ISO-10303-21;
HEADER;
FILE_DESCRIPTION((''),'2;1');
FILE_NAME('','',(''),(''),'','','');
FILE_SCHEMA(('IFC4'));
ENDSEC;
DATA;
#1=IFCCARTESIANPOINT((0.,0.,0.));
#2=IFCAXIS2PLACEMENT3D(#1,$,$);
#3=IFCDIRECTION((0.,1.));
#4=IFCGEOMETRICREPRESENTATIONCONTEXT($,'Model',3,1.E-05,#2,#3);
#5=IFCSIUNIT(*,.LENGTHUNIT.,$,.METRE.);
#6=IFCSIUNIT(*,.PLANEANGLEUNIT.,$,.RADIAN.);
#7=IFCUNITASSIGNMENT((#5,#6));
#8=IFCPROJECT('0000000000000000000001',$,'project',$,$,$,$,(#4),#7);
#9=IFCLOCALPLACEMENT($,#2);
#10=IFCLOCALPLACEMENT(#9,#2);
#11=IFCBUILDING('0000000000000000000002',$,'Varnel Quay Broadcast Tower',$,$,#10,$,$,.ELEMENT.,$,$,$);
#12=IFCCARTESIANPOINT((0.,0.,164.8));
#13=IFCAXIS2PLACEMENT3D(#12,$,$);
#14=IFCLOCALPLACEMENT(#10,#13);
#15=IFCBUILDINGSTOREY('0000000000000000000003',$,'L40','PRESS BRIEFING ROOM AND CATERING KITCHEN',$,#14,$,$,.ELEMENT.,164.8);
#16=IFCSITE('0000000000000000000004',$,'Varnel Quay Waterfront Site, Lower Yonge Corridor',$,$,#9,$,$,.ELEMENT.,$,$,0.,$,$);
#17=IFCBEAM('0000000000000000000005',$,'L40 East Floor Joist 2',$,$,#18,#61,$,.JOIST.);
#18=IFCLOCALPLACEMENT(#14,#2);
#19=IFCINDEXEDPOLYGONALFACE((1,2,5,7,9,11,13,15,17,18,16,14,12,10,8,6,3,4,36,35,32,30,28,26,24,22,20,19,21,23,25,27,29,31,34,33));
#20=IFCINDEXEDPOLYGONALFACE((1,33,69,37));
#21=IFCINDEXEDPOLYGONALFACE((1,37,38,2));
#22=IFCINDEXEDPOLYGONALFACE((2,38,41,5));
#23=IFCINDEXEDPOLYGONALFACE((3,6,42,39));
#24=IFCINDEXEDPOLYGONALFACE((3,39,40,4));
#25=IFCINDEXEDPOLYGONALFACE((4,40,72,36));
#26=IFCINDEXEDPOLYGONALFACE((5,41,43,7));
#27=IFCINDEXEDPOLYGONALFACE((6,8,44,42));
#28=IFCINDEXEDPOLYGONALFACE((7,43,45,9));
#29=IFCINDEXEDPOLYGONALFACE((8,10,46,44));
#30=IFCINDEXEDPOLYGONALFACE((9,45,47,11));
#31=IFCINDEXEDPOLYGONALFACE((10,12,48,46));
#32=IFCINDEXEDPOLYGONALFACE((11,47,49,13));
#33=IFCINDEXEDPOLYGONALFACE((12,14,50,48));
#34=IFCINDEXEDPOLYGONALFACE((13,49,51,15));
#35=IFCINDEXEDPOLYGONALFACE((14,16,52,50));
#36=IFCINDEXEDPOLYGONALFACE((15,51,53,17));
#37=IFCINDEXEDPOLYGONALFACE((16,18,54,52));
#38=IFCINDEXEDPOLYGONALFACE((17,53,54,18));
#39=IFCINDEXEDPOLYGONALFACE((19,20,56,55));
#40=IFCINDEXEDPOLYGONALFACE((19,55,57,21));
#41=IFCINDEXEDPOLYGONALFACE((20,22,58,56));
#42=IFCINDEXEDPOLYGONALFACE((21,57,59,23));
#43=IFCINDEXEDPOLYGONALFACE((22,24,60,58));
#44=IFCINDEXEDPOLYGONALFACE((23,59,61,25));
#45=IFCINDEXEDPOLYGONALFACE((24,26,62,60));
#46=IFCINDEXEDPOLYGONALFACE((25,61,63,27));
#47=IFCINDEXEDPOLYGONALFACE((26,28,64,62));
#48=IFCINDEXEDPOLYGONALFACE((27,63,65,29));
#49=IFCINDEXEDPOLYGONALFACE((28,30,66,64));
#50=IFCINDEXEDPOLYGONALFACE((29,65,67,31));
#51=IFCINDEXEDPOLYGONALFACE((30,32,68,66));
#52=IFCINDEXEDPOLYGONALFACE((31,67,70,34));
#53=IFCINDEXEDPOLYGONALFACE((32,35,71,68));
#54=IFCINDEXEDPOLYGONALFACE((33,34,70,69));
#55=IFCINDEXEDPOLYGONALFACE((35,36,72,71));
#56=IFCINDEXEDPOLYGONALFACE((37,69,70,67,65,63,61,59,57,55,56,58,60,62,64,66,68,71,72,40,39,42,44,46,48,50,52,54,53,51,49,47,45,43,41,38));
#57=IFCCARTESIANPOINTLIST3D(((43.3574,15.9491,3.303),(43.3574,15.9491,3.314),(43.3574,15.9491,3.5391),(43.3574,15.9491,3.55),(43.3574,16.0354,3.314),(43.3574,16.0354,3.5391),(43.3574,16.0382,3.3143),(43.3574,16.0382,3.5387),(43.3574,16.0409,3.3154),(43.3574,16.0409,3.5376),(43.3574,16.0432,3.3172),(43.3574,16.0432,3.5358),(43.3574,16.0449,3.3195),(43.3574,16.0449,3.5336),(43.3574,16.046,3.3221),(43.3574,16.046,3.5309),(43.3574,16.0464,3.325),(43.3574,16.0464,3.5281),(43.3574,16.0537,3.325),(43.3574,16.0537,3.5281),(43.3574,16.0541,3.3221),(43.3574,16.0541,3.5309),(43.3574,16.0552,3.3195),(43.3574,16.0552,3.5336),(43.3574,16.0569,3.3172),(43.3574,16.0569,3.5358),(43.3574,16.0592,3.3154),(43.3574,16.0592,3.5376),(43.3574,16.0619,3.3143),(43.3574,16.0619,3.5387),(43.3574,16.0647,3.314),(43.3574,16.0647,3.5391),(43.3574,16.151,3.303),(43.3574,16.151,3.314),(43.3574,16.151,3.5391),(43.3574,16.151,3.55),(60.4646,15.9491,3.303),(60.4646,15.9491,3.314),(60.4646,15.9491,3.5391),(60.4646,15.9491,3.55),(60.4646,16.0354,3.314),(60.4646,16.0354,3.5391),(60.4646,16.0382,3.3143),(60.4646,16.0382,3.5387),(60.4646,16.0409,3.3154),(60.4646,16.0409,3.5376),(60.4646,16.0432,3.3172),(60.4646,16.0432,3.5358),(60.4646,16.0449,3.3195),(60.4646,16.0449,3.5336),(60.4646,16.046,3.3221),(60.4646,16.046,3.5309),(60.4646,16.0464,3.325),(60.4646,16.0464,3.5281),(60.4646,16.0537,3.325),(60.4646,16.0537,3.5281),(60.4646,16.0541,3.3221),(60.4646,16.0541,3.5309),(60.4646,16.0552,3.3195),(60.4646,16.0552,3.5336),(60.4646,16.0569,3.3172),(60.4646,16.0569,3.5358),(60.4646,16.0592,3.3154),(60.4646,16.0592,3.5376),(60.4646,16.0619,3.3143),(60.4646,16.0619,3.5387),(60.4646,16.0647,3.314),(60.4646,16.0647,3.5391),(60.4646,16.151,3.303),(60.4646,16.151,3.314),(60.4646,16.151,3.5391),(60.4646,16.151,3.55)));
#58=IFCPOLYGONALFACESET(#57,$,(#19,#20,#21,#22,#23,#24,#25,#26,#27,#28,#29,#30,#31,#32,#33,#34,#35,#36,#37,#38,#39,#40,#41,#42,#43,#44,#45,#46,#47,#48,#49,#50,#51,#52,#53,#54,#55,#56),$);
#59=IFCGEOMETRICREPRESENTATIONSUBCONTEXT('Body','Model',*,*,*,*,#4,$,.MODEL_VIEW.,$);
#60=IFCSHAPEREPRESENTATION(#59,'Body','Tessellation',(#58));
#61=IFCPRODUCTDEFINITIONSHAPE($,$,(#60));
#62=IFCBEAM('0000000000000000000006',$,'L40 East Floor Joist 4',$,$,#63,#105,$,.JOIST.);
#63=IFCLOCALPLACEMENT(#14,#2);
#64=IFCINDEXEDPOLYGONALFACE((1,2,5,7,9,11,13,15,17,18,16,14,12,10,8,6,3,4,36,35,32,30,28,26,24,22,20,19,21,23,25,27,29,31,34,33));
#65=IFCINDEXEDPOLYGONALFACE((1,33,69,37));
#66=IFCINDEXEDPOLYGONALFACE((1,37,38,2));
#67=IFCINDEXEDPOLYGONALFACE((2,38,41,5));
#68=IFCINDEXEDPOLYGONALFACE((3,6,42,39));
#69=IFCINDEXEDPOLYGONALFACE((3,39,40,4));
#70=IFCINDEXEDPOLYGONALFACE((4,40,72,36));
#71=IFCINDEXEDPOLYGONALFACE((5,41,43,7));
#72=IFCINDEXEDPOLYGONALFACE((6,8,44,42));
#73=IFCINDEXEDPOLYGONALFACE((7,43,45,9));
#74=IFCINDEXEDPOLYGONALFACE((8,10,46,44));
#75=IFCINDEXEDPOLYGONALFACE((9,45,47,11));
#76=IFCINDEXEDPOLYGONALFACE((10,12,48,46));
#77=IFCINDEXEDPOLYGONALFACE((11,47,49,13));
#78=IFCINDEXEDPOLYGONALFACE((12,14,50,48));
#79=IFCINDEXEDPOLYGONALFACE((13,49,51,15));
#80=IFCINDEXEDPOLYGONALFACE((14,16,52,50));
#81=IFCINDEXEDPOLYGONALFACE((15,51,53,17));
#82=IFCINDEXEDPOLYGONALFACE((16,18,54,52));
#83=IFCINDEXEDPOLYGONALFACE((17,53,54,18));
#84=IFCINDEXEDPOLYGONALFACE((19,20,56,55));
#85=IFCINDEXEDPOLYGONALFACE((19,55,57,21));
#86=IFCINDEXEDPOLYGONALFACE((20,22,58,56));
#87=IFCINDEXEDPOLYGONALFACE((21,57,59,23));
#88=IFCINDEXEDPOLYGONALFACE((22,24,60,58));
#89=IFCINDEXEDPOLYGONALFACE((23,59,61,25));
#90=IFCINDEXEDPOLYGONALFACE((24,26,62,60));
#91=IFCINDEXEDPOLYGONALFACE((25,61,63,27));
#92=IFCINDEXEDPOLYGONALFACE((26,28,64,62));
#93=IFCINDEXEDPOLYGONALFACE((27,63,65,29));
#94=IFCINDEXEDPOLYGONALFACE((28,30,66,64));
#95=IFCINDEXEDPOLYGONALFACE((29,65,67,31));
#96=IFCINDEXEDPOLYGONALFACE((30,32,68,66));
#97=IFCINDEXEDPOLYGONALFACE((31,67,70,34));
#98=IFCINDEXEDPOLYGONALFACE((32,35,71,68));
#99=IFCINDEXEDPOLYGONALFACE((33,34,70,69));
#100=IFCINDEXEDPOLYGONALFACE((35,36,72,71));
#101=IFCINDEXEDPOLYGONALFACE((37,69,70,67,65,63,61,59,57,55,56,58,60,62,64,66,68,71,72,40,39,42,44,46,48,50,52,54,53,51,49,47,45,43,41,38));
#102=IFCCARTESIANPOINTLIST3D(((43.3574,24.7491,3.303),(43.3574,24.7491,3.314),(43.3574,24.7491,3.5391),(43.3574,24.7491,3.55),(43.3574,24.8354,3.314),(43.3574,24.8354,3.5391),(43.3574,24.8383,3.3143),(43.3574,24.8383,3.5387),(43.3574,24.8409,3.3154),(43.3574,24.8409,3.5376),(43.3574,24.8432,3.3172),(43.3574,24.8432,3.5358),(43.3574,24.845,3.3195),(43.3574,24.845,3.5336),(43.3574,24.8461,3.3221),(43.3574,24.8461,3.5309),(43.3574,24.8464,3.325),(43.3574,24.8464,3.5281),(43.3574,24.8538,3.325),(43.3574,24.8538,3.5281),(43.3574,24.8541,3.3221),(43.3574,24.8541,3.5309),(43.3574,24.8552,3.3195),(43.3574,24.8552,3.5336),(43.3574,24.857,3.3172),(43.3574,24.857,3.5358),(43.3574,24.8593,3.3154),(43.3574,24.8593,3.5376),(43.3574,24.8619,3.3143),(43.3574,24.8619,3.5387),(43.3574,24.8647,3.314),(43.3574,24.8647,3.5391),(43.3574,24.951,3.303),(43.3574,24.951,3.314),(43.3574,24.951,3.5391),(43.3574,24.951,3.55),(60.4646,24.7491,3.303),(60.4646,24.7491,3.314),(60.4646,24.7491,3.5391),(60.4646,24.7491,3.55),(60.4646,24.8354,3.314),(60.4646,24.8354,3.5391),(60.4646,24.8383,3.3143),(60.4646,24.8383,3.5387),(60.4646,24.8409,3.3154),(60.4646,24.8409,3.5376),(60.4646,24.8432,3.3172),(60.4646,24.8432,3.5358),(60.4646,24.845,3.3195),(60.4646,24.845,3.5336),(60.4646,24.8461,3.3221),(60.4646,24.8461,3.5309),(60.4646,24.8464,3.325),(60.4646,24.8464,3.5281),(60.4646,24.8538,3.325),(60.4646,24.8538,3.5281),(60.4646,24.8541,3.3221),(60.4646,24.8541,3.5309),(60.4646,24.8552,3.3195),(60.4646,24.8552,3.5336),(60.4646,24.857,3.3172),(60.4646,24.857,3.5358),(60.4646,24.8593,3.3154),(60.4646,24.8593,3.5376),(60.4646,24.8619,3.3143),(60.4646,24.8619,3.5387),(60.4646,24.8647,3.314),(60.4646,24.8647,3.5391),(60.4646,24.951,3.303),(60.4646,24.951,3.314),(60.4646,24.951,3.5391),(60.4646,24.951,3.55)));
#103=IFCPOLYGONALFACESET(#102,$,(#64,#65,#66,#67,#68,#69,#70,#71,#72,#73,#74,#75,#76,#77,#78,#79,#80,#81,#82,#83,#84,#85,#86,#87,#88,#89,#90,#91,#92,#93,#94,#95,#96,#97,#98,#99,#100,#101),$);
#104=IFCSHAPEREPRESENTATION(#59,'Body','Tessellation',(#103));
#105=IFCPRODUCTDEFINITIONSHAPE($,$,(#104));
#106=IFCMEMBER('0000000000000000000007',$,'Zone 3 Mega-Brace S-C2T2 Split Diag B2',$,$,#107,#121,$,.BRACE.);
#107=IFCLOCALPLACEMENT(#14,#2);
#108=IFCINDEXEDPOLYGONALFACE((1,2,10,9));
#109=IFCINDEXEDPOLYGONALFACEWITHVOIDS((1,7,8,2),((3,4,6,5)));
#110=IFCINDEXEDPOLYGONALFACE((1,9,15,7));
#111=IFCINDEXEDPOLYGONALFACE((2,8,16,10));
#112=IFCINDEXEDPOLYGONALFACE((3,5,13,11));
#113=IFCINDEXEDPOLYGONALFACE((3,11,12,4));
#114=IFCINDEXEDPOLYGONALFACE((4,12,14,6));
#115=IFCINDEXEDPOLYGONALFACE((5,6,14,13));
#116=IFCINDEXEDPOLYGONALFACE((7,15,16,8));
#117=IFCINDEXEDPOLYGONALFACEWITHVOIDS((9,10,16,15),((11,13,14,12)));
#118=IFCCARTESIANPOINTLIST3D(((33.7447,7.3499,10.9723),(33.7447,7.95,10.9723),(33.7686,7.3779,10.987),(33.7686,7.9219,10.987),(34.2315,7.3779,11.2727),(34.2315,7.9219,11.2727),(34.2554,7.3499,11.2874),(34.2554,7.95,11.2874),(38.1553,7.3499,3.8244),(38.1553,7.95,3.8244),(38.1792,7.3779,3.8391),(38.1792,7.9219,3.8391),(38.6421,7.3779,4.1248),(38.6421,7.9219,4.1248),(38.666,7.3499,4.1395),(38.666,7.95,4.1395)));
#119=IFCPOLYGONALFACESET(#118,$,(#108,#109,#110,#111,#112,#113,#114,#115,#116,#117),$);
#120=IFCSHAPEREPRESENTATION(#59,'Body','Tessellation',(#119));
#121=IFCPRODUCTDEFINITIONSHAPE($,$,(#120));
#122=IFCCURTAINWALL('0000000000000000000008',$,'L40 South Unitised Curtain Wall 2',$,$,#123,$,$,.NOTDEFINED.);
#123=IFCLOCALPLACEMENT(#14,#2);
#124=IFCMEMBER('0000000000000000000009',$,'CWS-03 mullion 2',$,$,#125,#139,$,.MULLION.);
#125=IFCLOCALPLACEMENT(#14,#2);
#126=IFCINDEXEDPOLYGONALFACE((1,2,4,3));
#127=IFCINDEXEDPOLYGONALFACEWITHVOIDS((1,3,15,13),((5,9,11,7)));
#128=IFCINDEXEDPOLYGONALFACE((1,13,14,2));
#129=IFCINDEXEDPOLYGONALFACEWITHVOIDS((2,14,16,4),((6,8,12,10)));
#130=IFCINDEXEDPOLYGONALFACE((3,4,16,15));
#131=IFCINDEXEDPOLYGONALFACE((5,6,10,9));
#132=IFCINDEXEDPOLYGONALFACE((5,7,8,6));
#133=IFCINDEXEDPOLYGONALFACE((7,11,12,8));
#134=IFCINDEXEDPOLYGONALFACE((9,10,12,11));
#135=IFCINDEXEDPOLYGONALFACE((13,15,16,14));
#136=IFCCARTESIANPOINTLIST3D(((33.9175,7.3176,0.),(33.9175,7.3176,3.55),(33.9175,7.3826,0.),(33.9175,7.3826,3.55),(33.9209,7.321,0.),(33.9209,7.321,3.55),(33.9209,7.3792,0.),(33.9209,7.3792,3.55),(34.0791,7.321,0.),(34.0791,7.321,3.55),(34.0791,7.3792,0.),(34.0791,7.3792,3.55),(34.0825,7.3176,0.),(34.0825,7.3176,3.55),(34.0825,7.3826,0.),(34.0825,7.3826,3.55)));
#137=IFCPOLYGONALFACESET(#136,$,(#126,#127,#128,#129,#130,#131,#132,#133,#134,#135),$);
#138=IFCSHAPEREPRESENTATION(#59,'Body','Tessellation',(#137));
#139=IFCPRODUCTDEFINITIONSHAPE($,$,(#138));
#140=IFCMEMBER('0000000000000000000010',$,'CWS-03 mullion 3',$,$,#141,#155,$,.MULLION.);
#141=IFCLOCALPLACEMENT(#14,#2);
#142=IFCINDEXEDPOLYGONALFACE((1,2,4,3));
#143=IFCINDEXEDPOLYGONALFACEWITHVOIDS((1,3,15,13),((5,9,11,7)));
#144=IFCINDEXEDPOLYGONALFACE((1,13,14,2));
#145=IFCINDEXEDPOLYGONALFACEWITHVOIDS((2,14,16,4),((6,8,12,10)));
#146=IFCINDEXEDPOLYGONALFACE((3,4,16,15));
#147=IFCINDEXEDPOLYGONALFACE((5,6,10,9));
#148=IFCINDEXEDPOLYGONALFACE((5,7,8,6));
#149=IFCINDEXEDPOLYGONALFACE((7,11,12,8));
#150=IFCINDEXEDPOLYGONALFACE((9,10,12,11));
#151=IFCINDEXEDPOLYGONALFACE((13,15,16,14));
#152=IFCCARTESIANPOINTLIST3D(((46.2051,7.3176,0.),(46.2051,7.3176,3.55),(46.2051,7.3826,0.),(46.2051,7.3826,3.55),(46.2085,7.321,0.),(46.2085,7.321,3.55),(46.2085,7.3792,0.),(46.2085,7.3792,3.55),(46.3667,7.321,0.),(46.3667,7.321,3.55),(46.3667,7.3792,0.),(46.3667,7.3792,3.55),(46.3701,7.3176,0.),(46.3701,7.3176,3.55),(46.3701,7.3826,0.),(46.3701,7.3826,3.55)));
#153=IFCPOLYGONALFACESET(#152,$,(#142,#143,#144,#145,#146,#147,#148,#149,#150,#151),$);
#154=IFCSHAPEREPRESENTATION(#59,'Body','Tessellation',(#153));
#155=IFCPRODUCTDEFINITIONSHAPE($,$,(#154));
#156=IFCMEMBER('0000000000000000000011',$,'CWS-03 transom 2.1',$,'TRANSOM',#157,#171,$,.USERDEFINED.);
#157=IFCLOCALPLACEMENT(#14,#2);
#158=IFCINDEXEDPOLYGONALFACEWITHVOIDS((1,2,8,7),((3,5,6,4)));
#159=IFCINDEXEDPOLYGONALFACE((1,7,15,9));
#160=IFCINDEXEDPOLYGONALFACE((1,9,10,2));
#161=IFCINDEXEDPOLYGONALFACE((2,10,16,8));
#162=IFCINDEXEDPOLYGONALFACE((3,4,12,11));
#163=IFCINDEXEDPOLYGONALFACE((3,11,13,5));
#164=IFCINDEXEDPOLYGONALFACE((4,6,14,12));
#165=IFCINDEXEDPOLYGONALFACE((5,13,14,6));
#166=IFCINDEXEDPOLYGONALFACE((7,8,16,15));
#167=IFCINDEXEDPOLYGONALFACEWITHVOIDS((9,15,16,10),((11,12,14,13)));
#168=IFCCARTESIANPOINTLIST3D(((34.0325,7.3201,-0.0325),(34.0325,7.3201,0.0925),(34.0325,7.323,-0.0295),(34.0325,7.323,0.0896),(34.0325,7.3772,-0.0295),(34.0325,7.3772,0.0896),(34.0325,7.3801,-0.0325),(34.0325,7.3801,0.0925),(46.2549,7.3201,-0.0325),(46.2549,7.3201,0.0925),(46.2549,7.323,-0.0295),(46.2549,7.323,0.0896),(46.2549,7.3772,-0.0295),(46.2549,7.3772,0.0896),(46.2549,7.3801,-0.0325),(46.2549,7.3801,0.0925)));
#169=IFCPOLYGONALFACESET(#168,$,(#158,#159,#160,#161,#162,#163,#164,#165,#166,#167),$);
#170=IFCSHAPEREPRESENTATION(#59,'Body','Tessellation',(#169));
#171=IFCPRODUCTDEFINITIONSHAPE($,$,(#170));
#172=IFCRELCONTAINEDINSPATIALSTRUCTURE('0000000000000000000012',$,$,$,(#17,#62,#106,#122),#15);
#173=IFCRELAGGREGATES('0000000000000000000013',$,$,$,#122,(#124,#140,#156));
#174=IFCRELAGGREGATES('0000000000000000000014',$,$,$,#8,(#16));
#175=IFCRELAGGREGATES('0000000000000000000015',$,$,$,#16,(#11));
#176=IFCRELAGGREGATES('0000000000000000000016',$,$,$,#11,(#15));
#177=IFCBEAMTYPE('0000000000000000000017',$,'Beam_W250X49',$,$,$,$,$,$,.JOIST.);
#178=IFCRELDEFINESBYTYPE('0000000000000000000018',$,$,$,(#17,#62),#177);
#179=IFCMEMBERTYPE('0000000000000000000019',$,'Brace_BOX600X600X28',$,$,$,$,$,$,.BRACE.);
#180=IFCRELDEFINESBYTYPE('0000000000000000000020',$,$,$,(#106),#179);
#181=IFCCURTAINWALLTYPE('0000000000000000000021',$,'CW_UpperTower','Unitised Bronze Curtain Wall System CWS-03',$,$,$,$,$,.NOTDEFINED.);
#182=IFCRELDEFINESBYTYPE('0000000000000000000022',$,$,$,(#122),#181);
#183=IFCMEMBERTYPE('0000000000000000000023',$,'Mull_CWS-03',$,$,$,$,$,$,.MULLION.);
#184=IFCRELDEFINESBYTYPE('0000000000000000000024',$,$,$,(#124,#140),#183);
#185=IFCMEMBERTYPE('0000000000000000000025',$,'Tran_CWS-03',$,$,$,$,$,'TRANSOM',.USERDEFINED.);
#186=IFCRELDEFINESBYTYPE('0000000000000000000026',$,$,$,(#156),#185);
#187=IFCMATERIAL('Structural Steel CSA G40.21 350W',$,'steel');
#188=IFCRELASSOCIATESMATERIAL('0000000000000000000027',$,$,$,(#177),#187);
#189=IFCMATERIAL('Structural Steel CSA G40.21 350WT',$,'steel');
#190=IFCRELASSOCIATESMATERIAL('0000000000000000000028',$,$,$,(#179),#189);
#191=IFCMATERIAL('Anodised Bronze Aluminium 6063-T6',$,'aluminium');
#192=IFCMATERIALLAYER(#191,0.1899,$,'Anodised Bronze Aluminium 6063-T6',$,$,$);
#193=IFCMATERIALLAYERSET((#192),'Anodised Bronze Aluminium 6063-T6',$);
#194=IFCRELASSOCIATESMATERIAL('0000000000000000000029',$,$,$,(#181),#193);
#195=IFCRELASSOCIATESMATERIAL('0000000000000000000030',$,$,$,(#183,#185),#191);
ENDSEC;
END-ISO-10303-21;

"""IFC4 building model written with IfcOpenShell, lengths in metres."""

from ifc_helpers import new_model, si_unit, direction, frame, origin, origin_2d, place, context, subcontext, project, spatial, hollow_rectangle, i_section, extrude, source, transform, mapped, material, layer, layer_set, material_profile, profile_set, type_object, type_shapes, element, aggregate, save


model = new_model("IFC4")

# Units and contexts
model_context = context("Model", 3, precision=1e-05, world=origin(), true_north=direction((0.0, 1.0)))
body_context = subcontext(model_context, "Body", "Model", "MODEL_VIEW")
ifc_project = project(units=[si_unit("LENGTHUNIT", "METRE"), si_unit("PLANEANGLEUNIT", "RADIAN")], contexts=[model_context])

# Site, building, storey
site_placement = place(None, origin())
site = spatial("IfcSite", under=ifc_project, at=site_placement, Name="Varnel Quay Waterfront Site, Lower Yonge Corridor", CompositionType="ELEMENT", RefElevation=0.0)
building_placement = place(site_placement, origin())
building = spatial("IfcBuilding", under=site, at=building_placement, Name="Varnel Quay Broadcast Tower", CompositionType="ELEMENT")
storey_placement = place(building_placement, frame((0.0, 0.0, 164.8)))
storey = spatial("IfcBuildingStorey", under=building, at=storey_placement, Name="L40", Description="PRESS BRIEFING ROOM AND CATERING KITCHEN", CompositionType="ELEMENT", Elevation=164.8)

# Shared definitions
ifc_material_1 = material(Name="Structural Steel CSA G40.21 350W", Category="steel")

# Beams
ifc_material_profile_1 = material_profile(ifc_material_1, i_section(OverallWidth=0.2019, OverallDepth=0.2471, WebThickness=0.0073, FlangeThickness=0.011, FilletRadius=0.011, at=origin_2d()), Name="W250X49")
ifc_profile_set_1 = profile_set([ifc_material_profile_1], Name="Structural Steel CSA G40.21 350W")
beam_type_1 = type_object("IfcBeamType", Name="Beam_W250X49", PredefinedType="JOIST", material=ifc_profile_set_1)
shared_shape_1 = source(origin(), body_context, "Body", "SweptSolid", [
    extrude(i_section(OverallWidth=0.2019, OverallDepth=0.2471, WebThickness=0.0073, FlangeThickness=0.011, FilletRadius=0.011, at=origin_2d()), origin(), (0.0, 0.0, 1.0), 17.1072),
])
type_shapes(beam_type_1, [shared_shape_1])
for number, where, z_axis, x_axis, name in (
    (1, (43.3574, 16.05, 3.4265), (1.0, 0.0, 0.0), (0.0, 1.0, 0.0), "L40 East Floor Joist 2"),
    (2, (43.3574, 24.8501, 3.4265), (1.0, 0.0, 0.0), (0.0, 1.0, 0.0), "L40 East Floor Joist 4"),
):
    element("IfcBeam", number, at=place(storey_placement, frame(where, z_axis=z_axis, x_axis=x_axis)), inside=storey, type_object=beam_type_1, Name=name, PredefinedType="JOIST", context=body_context, shape_type="MappedRepresentation", body=[
        mapped(shared_shape_1, transform((0.0, 0.0, 0.0), x_axis=(1.0, 0.0, 0.0), y_axis=(0.0, 1.0, 0.0), z_axis=(0.0, 0.0, 1.0), scale=1.0)),
    ])

# Member
ifc_material_2 = material(Name="Structural Steel CSA G40.21 350WT", Category="steel")
ifc_material_profile_2 = material_profile(ifc_material_2, hollow_rectangle(XDim=0.6001, YDim=0.6001, WallThickness=0.0281, at=origin_2d()), Name="BOX600X600X28")
ifc_profile_set_2 = profile_set([ifc_material_profile_2], Name="Structural Steel CSA G40.21 350WT")
member_type_1 = type_object("IfcMemberType", Name="Brace_BOX600X600X28", PredefinedType="BRACE", material=ifc_profile_set_2)
shared_shape_2 = source(origin(), body_context, "Body", "SweptSolid", [
    extrude(hollow_rectangle(XDim=0.6001, YDim=0.6001, WallThickness=0.0281, at=origin_2d()), origin(), (0.0, 0.0, 1.0), 8.3992),
])
type_shapes(member_type_1, [shared_shape_2])
member_1_placement = place(storey_placement, frame((38.4106, 7.6499, 3.9819), z_axis=(-0.525125, 0.0, 0.851025), x_axis=(0.0, -1.0, 0.0)))
element("IfcMember", 3, at=member_1_placement, inside=storey, type_object=member_type_1, Name="Zone 3 Mega-Brace S-C2T2 Split Diag B2", PredefinedType="BRACE", context=body_context, shape_type="MappedRepresentation", body=[
    mapped(shared_shape_2, transform((0.0, 0.0, 0.0), x_axis=(1.0, 0.0, 0.0), y_axis=(0.0, 1.0, 0.0), z_axis=(0.0, 0.0, 1.0), scale=1.0)),
])

# Curtain wall, members
ifc_material_3 = material(Name="Anodised Bronze Aluminium 6063-T6", Category="aluminium")
ifc_layer_1 = layer(ifc_material_3, 0.1899, Name="Anodised Bronze Aluminium 6063-T6")
ifc_layer_set_1 = layer_set([ifc_layer_1], Name="Anodised Bronze Aluminium 6063-T6")
curtain_wall_type = type_object("IfcCurtainWallType", Name="CW_UpperTower", Description="Unitised Bronze Curtain Wall System CWS-03", PredefinedType="NOTDEFINED", material=ifc_layer_set_1)
curtain_wall_placement = place(storey_placement, origin())
curtain_wall = element("IfcCurtainWall", 4, at=curtain_wall_placement, inside=storey, type_object=curtain_wall_type, Name="L40 South Unitised Curtain Wall 2", PredefinedType="NOTDEFINED")
ifc_material_profile_3 = material_profile(ifc_material_3, hollow_rectangle(XDim=0.0649, YDim=0.165, WallThickness=0.0034, at=origin_2d()), Name="ALU65X165X3.5")
ifc_profile_set_3 = profile_set([ifc_material_profile_3], Name="Anodised Bronze Aluminium 6063-T6")
member_type_2 = type_object("IfcMemberType", Name="Mull_CWS-03", PredefinedType="MULLION", material=ifc_profile_set_3)
shared_shape_3 = source(origin(), body_context, "Body", "SweptSolid", [
    extrude(hollow_rectangle(XDim=0.0649, YDim=0.165, WallThickness=0.0034, at=origin_2d()), origin(), (0.0, 0.0, 1.0), 3.55),
])
type_shapes(member_type_2, [shared_shape_3])
member_2_placement = place(storey_placement, frame((34.0, 7.3501, 0.0), z_axis=(0.0, 0.0, 1.0), x_axis=(0.0, 1.0, 0.0)))
member_2 = element("IfcMember", 5, at=member_2_placement, type_object=member_type_2, Name="CWS-03 mullion 2", PredefinedType="MULLION", context=body_context, shape_type="MappedRepresentation", body=[
    mapped(shared_shape_3, transform((0.0, 0.0, 0.0), x_axis=(1.0, 0.0, 0.0), y_axis=(0.0, 1.0, 0.0), z_axis=(0.0, 0.0, 1.0), scale=1.0)),
])
member_3_placement = place(storey_placement, frame((46.2876, 7.3501, 0.0), z_axis=(0.0, 0.0, 1.0), x_axis=(0.0, 1.0, 0.0)))
member_3 = element("IfcMember", 6, at=member_3_placement, type_object=member_type_2, Name="CWS-03 mullion 3", PredefinedType="MULLION", context=body_context, shape_type="MappedRepresentation", body=[
    mapped(shared_shape_3, transform((0.0, 0.0, 0.0), x_axis=(1.0, 0.0, 0.0), y_axis=(0.0, 1.0, 0.0), z_axis=(0.0, 0.0, 1.0), scale=1.0)),
])
ifc_material_profile_4 = material_profile(ifc_material_3, hollow_rectangle(XDim=0.0601, YDim=0.125, WallThickness=0.0029, at=origin_2d()), Name="ALU60X125X3")
ifc_profile_set_4 = profile_set([ifc_material_profile_4], Name="Anodised Bronze Aluminium 6063-T6")
member_type_3 = type_object("IfcMemberType", Name="Tran_CWS-03", ElementType="TRANSOM", PredefinedType="USERDEFINED", material=ifc_profile_set_4)
shared_shape_4 = source(origin(), body_context, "Body", "SweptSolid", [
    extrude(hollow_rectangle(XDim=0.0601, YDim=0.125, WallThickness=0.0029, at=origin_2d()), origin(), (0.0, 0.0, 1.0), 12.2224),
])
type_shapes(member_type_3, [shared_shape_4])
member_4_placement = place(storey_placement, frame((34.0325, 7.3501, 0.03), z_axis=(1.0, 0.0, 0.0), x_axis=(0.0, 1.0, 0.0)))
member_4 = element("IfcMember", 7, at=member_4_placement, type_object=member_type_3, Name="CWS-03 transom 2.1", ObjectType="TRANSOM", PredefinedType="USERDEFINED", context=body_context, shape_type="MappedRepresentation", body=[
    mapped(shared_shape_4, transform((0.0, 0.0, 0.0), x_axis=(1.0, 0.0, 0.0), y_axis=(0.0, 1.0, 0.0), z_axis=(0.0, 0.0, 1.0), scale=1.0)),
])

aggregate(curtain_wall, [member_2, member_3, member_4])

save(model, "model.ifc")
